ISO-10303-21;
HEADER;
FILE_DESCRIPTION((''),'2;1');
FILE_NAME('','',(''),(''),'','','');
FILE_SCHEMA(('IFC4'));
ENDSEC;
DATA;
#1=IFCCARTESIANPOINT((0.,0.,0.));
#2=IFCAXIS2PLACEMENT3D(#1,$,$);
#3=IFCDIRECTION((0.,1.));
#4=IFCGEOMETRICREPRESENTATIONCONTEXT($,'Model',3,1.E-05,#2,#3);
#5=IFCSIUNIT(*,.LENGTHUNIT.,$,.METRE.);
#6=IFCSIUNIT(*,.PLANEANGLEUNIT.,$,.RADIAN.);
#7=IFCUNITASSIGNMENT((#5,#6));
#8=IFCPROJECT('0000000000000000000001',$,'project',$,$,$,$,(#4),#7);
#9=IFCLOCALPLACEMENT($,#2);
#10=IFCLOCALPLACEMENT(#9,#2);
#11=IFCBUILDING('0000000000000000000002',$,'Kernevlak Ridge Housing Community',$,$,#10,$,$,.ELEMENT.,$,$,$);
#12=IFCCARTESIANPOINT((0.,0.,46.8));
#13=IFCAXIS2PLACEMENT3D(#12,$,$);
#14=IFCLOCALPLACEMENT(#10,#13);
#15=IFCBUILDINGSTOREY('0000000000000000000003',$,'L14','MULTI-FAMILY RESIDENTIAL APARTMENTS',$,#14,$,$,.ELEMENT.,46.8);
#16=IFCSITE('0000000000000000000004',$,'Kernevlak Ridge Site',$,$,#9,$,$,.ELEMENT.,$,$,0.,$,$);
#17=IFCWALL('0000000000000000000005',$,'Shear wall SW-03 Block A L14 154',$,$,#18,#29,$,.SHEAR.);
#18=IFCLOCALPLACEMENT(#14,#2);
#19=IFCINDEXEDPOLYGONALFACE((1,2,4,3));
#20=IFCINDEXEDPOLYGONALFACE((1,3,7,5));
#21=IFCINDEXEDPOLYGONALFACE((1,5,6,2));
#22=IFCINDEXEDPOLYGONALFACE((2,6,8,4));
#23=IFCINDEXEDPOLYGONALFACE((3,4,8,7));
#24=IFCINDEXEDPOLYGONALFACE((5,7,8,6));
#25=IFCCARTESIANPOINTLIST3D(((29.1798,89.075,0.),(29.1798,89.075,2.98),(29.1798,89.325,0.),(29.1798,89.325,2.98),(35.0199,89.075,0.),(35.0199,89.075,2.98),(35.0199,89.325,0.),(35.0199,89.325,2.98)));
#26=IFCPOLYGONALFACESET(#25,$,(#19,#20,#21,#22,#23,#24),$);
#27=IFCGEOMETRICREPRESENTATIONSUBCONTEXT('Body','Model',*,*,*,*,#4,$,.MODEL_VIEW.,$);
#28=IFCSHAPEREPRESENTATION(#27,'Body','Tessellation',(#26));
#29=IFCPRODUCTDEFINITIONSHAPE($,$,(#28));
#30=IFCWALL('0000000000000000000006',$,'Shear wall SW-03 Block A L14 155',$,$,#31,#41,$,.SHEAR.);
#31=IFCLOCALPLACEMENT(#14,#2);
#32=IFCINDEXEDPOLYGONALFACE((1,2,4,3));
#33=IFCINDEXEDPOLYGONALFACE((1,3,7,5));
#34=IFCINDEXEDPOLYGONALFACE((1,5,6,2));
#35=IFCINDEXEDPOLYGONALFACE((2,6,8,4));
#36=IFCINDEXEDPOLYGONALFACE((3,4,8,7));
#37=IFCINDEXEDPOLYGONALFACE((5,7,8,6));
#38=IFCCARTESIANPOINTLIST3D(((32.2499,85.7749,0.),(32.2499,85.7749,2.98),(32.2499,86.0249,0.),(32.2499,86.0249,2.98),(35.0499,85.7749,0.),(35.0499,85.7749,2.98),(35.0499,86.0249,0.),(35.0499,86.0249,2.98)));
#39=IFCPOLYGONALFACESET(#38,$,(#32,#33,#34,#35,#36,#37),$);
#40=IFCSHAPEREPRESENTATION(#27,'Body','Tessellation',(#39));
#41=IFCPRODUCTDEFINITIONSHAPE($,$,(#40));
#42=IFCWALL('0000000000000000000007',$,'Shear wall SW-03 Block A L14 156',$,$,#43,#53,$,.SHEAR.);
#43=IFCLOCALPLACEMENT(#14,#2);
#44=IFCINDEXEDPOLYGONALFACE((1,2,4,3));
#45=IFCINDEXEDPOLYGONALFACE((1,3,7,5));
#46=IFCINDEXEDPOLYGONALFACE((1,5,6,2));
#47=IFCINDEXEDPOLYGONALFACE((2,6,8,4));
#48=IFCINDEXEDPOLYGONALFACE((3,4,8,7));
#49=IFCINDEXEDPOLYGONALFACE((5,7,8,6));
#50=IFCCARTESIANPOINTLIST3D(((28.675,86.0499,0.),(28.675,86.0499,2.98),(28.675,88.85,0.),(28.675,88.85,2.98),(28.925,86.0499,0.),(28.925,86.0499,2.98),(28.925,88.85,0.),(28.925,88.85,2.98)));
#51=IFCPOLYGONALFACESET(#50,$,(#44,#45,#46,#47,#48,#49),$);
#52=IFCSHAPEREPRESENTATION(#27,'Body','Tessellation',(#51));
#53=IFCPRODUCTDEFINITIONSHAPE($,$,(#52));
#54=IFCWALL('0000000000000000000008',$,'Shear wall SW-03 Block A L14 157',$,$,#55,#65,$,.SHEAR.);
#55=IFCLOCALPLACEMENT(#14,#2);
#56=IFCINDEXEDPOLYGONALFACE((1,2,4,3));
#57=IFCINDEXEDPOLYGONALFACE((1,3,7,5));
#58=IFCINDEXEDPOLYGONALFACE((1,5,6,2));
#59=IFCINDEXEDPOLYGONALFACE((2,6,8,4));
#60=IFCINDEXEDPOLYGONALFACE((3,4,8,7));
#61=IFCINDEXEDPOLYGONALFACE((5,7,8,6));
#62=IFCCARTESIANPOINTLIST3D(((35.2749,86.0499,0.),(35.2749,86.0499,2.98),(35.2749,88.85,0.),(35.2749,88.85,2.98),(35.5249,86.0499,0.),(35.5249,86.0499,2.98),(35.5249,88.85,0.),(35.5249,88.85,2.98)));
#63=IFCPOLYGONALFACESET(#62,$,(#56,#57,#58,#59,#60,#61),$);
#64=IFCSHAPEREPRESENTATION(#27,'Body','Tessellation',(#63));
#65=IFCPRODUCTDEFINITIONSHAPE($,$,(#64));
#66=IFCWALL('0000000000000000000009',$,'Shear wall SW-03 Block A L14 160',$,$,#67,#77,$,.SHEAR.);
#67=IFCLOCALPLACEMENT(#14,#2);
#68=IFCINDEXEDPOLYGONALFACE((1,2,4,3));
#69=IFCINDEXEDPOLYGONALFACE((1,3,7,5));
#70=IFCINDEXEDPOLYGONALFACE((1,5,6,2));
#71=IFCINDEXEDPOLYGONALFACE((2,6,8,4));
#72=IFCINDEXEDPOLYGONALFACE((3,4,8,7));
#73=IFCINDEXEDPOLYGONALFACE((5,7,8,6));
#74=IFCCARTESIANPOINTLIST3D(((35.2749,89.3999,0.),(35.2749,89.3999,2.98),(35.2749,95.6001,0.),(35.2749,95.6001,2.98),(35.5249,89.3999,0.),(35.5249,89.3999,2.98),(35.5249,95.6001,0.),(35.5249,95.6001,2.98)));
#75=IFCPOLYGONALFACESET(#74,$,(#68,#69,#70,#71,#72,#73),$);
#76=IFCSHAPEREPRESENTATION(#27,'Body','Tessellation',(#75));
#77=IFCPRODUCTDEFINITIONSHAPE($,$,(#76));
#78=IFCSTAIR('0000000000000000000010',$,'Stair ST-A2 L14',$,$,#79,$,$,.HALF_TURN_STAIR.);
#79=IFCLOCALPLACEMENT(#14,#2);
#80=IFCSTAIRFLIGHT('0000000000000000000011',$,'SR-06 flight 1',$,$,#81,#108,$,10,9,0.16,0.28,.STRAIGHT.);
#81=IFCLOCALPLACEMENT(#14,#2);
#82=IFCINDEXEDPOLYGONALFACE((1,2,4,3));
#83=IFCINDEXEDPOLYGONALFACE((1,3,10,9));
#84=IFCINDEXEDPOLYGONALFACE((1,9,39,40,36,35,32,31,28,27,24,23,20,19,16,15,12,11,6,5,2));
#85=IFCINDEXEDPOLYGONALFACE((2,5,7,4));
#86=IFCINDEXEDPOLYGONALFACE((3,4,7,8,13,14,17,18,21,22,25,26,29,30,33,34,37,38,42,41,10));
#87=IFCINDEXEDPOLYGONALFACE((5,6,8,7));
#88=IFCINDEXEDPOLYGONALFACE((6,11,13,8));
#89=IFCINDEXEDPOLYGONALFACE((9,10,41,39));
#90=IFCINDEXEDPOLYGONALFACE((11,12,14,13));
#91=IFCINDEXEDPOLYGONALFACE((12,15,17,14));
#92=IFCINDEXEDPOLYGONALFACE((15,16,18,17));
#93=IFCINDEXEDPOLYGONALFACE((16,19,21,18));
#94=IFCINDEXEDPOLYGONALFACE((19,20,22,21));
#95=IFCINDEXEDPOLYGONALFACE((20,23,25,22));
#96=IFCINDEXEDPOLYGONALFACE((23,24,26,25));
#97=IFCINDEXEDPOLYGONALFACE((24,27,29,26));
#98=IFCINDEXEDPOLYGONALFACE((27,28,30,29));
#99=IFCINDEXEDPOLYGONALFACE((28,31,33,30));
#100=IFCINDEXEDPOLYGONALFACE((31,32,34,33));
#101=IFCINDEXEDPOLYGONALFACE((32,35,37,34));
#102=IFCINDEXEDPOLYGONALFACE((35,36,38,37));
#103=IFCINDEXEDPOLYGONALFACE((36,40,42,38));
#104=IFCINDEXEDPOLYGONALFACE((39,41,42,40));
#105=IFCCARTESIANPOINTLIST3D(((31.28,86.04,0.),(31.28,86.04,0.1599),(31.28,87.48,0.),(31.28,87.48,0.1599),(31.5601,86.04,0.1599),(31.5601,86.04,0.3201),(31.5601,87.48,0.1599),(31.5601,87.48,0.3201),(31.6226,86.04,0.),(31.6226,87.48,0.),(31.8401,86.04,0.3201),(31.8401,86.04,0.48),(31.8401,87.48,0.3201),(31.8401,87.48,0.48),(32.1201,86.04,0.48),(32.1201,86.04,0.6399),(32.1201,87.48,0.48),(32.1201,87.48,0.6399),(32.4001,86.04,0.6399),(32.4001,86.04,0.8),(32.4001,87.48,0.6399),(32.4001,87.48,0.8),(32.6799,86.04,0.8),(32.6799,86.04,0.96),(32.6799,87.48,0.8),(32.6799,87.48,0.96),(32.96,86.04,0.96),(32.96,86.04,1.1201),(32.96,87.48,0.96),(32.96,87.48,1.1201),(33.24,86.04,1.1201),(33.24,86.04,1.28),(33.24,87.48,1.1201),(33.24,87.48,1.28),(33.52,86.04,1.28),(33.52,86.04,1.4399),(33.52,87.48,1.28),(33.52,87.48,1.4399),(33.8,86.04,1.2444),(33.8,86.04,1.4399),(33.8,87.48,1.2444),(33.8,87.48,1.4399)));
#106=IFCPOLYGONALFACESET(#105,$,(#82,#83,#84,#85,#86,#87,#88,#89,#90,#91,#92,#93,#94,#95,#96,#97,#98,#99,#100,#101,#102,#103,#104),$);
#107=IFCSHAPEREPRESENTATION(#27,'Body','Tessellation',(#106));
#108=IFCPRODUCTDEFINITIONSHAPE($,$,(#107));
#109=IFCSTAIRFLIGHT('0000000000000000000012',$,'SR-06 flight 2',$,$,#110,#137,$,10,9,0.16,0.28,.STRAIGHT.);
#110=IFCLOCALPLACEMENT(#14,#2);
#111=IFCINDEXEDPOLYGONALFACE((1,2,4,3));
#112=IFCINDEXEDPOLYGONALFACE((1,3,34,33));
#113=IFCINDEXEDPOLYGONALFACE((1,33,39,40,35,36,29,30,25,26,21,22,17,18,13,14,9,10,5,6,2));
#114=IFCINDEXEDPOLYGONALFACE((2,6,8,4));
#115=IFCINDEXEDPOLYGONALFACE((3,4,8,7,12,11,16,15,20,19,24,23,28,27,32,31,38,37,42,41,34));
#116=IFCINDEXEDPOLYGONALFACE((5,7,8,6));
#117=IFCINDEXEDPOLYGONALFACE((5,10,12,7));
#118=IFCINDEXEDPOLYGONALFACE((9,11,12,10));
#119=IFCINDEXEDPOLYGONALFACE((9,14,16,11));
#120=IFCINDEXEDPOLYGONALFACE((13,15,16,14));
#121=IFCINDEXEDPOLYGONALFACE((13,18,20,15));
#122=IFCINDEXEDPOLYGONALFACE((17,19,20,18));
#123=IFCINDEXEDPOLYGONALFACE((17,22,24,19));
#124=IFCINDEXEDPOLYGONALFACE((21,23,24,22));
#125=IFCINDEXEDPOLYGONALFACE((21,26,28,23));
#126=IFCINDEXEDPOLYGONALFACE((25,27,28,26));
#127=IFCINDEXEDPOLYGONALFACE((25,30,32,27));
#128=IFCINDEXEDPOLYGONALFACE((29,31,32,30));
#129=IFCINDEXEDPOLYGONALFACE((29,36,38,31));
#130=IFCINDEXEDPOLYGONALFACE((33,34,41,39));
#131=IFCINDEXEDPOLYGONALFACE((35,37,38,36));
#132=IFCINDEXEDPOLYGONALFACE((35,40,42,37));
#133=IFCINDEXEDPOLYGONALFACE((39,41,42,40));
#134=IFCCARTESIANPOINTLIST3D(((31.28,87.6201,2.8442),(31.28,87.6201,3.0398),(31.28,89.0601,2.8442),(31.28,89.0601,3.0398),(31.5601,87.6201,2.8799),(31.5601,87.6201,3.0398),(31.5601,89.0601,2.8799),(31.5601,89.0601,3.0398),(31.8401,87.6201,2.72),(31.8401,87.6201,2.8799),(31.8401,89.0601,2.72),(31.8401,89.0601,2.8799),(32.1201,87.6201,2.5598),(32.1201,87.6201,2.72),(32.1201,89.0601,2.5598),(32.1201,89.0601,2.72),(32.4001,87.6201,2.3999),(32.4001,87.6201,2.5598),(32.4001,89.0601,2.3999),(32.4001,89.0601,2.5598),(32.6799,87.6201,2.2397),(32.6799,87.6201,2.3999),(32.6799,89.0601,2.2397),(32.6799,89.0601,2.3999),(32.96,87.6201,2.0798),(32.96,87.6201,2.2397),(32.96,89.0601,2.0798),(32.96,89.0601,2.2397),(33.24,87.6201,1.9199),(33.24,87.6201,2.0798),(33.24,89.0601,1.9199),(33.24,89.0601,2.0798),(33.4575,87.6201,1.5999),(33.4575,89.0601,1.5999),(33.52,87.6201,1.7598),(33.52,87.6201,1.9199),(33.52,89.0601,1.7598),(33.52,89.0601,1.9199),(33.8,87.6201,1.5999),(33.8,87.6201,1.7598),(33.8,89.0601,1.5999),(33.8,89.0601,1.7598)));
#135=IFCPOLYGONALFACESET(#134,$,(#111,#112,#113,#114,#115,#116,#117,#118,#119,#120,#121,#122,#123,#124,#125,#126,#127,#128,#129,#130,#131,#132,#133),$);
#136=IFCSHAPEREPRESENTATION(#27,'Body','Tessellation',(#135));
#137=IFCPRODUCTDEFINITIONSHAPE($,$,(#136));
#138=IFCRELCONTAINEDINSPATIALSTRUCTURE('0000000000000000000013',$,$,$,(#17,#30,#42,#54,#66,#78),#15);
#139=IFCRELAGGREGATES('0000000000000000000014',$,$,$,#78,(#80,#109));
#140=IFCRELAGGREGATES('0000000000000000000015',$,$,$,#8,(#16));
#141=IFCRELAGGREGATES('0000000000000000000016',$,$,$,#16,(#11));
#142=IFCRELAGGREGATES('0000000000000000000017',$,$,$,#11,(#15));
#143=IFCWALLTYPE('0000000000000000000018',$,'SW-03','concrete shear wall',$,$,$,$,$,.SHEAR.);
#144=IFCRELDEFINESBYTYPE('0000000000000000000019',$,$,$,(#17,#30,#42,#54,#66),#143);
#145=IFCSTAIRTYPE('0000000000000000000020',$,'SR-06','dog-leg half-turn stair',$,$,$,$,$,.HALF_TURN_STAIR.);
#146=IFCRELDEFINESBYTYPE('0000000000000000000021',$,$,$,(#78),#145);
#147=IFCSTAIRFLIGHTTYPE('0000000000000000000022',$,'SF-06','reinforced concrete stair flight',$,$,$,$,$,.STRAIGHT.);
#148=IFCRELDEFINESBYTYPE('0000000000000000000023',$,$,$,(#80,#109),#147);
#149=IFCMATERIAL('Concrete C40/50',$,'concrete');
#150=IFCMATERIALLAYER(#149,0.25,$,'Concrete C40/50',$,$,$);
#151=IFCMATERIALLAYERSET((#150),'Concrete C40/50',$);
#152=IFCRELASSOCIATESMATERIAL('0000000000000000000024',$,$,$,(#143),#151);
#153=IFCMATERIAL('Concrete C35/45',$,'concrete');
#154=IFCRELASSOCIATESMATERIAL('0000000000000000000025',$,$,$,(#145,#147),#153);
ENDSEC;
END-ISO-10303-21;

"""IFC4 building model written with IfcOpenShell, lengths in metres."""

from ifc_helpers import new_model, si_unit, direction, frame, frame_2d, origin, place, context, subcontext, project, spatial, polyline, rectangle, outline, extrude, material, layer, layer_set, type_object, element, aggregate, save


model = new_model("IFC4")

# Units and contexts
model_context = context("Model", 3, precision=1e-05, world=origin(), true_north=direction((0.0, 1.0)))
body_context = subcontext(model_context, "Body", "Model", "MODEL_VIEW")
ifc_project = project(units=[si_unit("LENGTHUNIT", "METRE"), si_unit("PLANEANGLEUNIT", "RADIAN")], contexts=[model_context])

# Site, building, storey
site_placement = place(None, origin())
site = spatial("IfcSite", under=ifc_project, at=site_placement, Name="Kernevlak Ridge Site", CompositionType="ELEMENT", RefElevation=0.0)
building_placement = place(site_placement, origin())
building = spatial("IfcBuilding", under=site, at=building_placement, Name="Kernevlak Ridge Housing Community", CompositionType="ELEMENT")
storey_placement = place(building_placement, frame((0.0, 0.0, 46.8)))
storey = spatial("IfcBuildingStorey", under=building, at=storey_placement, Name="L14", Description="MULTI-FAMILY RESIDENTIAL APARTMENTS", CompositionType="ELEMENT", Elevation=46.8)

# Shared definitions
ifc_material_1 = material(Name="Concrete C35/45", Category="concrete")

# Walls
ifc_material_2 = material(Name="Concrete C40/50", Category="concrete")
ifc_layer_1 = layer(ifc_material_2, 0.25, Name="Concrete C40/50")
ifc_layer_set_1 = layer_set([ifc_layer_1], Name="Concrete C40/50")
wall_type_1 = type_object("IfcWallType", Name="SW-03", Description="concrete shear wall", PredefinedType="SHEAR", material=ifc_layer_set_1)
wall_1_placement = place(storey_placement, frame((29.1799, 89.2, 0.0), z_axis=(0.0, 0.0, 1.0), x_axis=(1.0, 0.0, 0.0)))
element("IfcWall", 1, at=wall_1_placement, inside=storey, type_object=wall_type_1, Name="Shear wall SW-03 Block A L14 154", PredefinedType="SHEAR", context=body_context, shape_type="SweptSolid", body=[
    extrude(rectangle(XDim=5.8401, YDim=0.25, at=frame_2d((2.9199, 0.0))), origin(), (0.0, 0.0, 1.0), 2.98),
])
for number, where, z_axis, x_axis, name in (
    (2, (32.25, 85.8999, 0.0), (0.0, 0.0, 1.0), (1.0, 0.0, 0.0), "Shear wall SW-03 Block A L14 155"),
    (3, (28.8, 86.05, 0.0), (0.0, 0.0, 1.0), (0.0, 1.0, 0.0), "Shear wall SW-03 Block A L14 156"),
    (4, (35.3999, 86.05, 0.0), (0.0, 0.0, 1.0), (0.0, 1.0, 0.0), "Shear wall SW-03 Block A L14 157"),
):
    element("IfcWall", number, at=place(storey_placement, frame(where, z_axis=z_axis, x_axis=x_axis)), inside=storey, type_object=wall_type_1, Name=name, PredefinedType="SHEAR", context=body_context, shape_type="SweptSolid", body=[
        extrude(rectangle(XDim=2.8, YDim=0.25, at=frame_2d((1.3999, 0.0))), origin(), (0.0, 0.0, 1.0), 2.98),
    ])
wall_2_placement = place(storey_placement, frame((35.3999, 89.3999, 0.0), z_axis=(0.0, 0.0, 1.0), x_axis=(0.0, 1.0, 0.0)))
element("IfcWall", 5, at=wall_2_placement, inside=storey, type_object=wall_type_1, Name="Shear wall SW-03 Block A L14 160", PredefinedType="SHEAR", context=body_context, shape_type="SweptSolid", body=[
    extrude(rectangle(XDim=6.2002, YDim=0.25, at=frame_2d((3.1001, 0.0))), origin(), (0.0, 0.0, 1.0), 2.98),
])

# Stair, stair flights
stair_type = type_object("IfcStairType", Name="SR-06", Description="dog-leg half-turn stair", PredefinedType="HALF_TURN_STAIR", material=ifc_material_1)
stair_placement = place(storey_placement, origin())
stair = element("IfcStair", 6, at=stair_placement, inside=storey, type_object=stair_type, Name="Stair ST-A2 L14", PredefinedType="HALF_TURN_STAIR")
stair_flight_type = type_object("IfcStairFlightType", Name="SF-06", Description="reinforced concrete stair flight", PredefinedType="STRAIGHT", material=ifc_material_1)
stair_flight_1_placement = place(storey_placement, frame((31.28, 86.76, 0.0), z_axis=(0.0, 0.0, 1.0), x_axis=(1.0, 0.0, 0.0)))
stair_flight_1 = element("IfcStairFlight", 7, at=stair_flight_1_placement, type_object=stair_flight_type, Name="SR-06 flight 1", NumberOfRisers=10, NumberOfTreads=9, PredefinedType="STRAIGHT", RiserHeight=0.16, TreadLength=0.28, context=body_context, shape_type="SweptSolid", body=[
    extrude(outline(polyline([(0.0, 0.0), (0.0, 0.1599), (0.28, 0.1599), (0.28, 0.3201), (0.5601, 0.3201), (0.5601, 0.48), (0.8401, 0.48), (0.8401, 0.6399), (1.1201, 0.6399), (1.1201, 0.8), (1.3999, 0.8), (1.3999, 0.96), (1.6799, 0.96), (1.6799, 1.1201), (1.96, 1.1201), (1.96, 1.28), (2.24, 1.28), (2.24, 1.4399), (2.52, 1.4399), (2.52, 1.6001), (2.52, 1.2444), (0.3425, 0.0), (0.0, 0.0)])), frame((0.0, 0.72, 0.0), z_axis=(0.0, -1.0, 0.0), x_axis=(1.0, 0.0, 0.0)), (0.0, 0.0, 1.0), 1.4399),
])
stair_flight_2_placement = place(storey_placement, frame((33.8, 88.3401, 1.5999), z_axis=(0.0, 0.0, 1.0), x_axis=(-1.0, 0.0, 0.0)))
stair_flight_2 = element("IfcStairFlight", 8, at=stair_flight_2_placement, type_object=stair_flight_type, Name="SR-06 flight 2", NumberOfRisers=10, NumberOfTreads=9, PredefinedType="STRAIGHT", RiserHeight=0.16, TreadLength=0.28, context=body_context, shape_type="SweptSolid", body=[
    extrude(outline(polyline([(0.0, 0.0), (0.0, 0.1599), (0.28, 0.1599), (0.28, 0.3201), (0.5601, 0.3201), (0.5601, 0.48), (0.8401, 0.48), (0.8401, 0.6399), (1.1201, 0.6399), (1.1201, 0.8), (1.3999, 0.8), (1.3999, 0.96), (1.6799, 0.96), (1.6799, 1.1201), (1.96, 1.1201), (1.96, 1.28), (2.24, 1.28), (2.24, 1.4399), (2.52, 1.4399), (2.52, 1.6001), (2.52, 1.2444), (0.3425, 0.0), (0.0, 0.0)])), frame((0.0, 0.72, 0.0), z_axis=(0.0, -1.0, 0.0), x_axis=(1.0, 0.0, 0.0)), (0.0, 0.0, 1.0), 1.4399),
])
aggregate(stair, [stair_flight_1, stair_flight_2])

save(model, "model.ifc")
